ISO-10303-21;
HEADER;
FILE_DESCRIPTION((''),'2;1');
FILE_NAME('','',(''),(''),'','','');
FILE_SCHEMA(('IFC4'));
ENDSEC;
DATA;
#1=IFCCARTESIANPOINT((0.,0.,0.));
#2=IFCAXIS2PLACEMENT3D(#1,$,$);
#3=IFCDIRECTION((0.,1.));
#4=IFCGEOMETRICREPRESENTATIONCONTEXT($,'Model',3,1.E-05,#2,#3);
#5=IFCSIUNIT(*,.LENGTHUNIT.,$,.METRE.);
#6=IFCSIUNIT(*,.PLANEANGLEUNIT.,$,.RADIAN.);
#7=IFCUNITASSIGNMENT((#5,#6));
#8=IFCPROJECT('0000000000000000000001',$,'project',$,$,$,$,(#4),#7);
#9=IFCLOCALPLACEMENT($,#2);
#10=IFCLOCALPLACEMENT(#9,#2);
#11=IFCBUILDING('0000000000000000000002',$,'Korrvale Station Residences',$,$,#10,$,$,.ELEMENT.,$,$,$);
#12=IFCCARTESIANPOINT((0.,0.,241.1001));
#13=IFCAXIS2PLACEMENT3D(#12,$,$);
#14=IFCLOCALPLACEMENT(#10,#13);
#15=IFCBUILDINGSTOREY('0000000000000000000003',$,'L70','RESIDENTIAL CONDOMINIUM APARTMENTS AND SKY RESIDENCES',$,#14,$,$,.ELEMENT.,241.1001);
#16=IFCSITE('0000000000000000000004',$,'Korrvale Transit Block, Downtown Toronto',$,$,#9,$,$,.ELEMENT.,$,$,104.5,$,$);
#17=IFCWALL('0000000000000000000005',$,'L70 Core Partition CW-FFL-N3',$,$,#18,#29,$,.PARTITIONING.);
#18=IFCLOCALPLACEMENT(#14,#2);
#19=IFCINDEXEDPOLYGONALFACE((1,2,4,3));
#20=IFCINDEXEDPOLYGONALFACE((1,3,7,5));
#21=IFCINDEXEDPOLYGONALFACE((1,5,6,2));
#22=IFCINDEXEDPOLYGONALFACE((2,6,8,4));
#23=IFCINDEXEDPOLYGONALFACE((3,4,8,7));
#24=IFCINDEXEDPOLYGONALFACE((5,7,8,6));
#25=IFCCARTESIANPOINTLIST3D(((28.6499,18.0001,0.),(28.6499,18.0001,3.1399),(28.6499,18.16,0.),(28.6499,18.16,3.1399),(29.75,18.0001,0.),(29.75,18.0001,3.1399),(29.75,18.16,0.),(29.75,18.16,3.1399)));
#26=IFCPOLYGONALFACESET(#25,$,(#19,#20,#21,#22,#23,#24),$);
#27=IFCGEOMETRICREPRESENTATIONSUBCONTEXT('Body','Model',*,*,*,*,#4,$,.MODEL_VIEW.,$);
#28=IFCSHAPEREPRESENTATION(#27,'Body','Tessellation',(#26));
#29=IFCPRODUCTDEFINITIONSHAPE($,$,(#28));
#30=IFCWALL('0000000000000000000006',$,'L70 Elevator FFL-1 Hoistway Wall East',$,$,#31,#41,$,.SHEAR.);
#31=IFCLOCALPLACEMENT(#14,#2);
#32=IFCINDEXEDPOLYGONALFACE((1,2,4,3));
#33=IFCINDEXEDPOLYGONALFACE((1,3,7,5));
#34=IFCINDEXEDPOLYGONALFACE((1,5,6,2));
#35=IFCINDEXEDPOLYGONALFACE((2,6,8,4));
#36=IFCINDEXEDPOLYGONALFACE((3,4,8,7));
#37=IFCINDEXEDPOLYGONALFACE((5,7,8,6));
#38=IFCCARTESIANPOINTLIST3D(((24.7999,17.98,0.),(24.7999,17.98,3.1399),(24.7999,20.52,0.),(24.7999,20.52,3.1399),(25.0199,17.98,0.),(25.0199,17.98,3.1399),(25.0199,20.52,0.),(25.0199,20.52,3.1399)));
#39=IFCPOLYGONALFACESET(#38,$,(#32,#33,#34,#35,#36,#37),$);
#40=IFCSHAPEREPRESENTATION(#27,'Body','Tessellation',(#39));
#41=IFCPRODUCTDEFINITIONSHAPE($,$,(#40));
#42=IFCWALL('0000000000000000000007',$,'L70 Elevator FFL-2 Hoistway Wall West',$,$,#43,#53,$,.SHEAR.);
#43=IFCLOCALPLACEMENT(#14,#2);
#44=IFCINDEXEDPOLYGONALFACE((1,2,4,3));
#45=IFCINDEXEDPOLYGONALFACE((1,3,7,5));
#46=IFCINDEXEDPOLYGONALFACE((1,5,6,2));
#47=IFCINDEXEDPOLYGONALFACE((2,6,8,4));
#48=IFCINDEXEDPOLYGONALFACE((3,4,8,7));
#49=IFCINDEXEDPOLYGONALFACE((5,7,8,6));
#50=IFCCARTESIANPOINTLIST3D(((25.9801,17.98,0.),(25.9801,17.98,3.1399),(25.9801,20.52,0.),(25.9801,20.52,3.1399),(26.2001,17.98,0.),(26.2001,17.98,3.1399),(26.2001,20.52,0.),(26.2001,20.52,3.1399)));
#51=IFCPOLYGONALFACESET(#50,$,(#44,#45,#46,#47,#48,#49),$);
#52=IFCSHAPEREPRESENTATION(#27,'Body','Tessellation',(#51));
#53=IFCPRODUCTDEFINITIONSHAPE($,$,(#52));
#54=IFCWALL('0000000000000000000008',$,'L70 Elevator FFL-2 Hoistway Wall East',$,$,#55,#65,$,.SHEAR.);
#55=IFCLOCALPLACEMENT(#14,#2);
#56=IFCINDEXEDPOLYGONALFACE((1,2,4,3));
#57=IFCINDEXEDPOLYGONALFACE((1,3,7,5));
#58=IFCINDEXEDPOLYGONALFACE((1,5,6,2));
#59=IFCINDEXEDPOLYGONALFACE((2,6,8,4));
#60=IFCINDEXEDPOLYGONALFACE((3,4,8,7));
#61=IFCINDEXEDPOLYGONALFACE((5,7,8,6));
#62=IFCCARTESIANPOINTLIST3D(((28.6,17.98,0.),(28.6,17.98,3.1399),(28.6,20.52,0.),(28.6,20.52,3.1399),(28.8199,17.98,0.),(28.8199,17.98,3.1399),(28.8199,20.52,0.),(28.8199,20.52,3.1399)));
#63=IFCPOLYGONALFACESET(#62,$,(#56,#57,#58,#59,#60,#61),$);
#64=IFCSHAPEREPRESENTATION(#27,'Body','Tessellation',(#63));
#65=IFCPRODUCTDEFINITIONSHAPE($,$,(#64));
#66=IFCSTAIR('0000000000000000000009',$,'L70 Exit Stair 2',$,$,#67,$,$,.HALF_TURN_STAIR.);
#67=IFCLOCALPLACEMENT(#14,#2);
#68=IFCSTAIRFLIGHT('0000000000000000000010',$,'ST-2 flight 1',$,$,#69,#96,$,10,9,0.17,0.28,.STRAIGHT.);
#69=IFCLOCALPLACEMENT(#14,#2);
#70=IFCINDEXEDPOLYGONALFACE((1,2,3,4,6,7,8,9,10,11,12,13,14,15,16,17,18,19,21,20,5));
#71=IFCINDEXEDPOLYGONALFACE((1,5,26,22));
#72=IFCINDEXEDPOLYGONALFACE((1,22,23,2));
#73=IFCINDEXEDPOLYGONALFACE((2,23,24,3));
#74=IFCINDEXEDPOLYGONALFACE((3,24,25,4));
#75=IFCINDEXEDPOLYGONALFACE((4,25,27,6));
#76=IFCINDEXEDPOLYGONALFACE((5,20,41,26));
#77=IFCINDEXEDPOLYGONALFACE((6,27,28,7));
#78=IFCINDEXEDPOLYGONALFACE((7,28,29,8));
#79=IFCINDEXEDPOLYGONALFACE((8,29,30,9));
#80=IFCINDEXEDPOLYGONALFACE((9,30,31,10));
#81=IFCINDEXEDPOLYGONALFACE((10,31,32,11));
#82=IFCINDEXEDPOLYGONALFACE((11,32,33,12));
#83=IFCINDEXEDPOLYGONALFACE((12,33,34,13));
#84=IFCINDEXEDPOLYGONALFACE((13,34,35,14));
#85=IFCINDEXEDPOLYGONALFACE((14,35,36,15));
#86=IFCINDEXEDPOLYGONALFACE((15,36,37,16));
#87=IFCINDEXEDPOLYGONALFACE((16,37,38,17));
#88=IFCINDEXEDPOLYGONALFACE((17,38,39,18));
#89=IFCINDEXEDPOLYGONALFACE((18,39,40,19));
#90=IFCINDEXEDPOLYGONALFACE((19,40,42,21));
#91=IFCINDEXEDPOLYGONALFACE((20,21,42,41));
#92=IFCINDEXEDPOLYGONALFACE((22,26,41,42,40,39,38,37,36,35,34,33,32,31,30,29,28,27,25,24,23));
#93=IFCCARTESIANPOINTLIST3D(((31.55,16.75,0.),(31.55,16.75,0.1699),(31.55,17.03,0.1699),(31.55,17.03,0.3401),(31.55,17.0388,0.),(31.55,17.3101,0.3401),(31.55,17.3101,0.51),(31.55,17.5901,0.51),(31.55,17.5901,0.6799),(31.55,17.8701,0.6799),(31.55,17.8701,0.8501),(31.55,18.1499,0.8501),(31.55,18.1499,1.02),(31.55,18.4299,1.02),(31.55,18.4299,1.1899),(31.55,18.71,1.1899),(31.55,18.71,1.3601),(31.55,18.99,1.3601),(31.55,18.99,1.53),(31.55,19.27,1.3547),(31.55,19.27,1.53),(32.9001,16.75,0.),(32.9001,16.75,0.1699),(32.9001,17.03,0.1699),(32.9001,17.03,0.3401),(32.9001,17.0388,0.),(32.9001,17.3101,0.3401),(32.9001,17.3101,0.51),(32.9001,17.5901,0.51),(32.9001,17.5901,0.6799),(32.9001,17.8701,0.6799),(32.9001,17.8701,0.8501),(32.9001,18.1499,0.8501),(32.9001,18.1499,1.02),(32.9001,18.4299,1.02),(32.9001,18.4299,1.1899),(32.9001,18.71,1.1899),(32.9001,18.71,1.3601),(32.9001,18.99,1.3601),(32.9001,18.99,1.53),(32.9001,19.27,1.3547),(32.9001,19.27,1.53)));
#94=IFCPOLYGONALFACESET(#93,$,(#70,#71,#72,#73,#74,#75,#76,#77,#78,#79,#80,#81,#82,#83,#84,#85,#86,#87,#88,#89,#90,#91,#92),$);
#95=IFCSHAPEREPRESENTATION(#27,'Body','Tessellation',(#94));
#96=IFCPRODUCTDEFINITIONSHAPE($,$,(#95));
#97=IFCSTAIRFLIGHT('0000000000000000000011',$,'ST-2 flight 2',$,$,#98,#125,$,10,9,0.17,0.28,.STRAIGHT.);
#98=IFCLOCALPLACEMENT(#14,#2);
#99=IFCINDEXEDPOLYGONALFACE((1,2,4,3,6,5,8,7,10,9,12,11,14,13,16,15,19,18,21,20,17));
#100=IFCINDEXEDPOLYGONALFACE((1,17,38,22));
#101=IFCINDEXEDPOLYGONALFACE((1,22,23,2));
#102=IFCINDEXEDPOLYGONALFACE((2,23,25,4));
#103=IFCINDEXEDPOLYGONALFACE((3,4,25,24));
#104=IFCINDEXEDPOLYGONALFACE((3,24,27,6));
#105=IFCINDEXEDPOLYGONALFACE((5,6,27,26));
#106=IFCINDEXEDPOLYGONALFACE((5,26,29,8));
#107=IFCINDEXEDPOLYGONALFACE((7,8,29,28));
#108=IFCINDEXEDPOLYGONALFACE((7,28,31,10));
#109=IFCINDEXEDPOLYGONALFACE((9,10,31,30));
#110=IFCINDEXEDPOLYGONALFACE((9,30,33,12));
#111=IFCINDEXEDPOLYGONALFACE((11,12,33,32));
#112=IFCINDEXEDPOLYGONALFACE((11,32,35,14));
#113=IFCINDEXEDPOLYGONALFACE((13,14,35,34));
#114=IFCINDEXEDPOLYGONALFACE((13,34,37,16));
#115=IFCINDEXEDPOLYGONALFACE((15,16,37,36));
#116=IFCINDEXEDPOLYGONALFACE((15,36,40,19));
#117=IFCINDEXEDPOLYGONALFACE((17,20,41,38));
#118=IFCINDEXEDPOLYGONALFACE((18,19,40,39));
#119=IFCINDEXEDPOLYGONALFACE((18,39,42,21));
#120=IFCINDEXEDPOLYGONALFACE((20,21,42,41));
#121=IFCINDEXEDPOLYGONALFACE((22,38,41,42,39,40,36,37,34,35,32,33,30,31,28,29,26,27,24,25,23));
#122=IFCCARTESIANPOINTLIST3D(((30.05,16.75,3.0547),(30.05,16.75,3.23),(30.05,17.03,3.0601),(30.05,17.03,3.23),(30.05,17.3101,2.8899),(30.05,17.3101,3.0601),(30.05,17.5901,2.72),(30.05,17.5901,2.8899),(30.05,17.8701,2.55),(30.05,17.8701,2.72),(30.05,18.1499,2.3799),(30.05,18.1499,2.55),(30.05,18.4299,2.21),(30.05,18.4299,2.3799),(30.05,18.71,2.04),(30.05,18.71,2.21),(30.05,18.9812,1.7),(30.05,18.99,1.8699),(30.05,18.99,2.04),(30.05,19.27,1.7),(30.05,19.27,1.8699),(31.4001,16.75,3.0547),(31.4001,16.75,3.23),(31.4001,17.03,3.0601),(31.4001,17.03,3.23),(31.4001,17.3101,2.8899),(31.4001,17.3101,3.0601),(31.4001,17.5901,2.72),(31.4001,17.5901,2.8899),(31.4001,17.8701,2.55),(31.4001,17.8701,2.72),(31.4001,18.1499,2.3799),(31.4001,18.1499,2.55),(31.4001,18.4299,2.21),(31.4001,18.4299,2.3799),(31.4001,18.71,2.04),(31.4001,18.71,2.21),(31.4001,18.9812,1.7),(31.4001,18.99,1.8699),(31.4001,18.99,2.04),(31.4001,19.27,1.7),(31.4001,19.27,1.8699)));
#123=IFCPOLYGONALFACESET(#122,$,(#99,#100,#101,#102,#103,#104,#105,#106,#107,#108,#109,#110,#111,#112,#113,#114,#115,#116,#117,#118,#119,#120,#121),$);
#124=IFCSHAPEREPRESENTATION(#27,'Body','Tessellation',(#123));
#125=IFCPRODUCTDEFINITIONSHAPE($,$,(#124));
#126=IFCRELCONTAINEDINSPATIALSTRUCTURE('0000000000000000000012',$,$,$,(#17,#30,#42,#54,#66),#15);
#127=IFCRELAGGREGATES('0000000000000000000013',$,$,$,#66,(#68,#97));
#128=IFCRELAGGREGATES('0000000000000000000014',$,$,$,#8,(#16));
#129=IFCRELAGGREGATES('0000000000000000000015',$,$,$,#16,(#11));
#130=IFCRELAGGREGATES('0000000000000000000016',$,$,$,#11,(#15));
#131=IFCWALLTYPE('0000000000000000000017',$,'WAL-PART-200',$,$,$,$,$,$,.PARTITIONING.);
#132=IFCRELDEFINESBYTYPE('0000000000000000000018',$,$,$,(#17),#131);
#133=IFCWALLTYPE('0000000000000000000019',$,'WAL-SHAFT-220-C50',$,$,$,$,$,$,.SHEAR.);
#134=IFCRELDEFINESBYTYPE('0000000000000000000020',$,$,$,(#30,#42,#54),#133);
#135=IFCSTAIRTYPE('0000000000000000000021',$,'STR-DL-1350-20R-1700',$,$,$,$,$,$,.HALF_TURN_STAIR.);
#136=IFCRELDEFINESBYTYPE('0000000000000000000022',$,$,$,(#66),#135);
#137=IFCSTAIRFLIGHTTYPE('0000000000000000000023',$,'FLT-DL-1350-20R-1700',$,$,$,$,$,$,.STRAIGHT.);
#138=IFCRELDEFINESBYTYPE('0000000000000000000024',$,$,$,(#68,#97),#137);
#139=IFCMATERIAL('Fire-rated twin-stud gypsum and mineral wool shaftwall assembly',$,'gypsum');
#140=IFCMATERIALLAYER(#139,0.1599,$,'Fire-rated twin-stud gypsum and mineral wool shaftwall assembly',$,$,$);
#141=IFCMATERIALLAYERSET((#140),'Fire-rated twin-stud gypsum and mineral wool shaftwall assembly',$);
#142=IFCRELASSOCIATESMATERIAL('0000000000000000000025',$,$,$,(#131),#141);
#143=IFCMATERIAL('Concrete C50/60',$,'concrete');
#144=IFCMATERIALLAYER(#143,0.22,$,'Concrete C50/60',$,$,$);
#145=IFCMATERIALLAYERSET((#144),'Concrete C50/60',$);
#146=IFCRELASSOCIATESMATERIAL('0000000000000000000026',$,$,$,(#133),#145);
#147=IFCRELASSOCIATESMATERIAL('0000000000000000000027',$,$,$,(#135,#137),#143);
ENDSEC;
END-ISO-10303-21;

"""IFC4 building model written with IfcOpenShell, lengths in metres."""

from ifc_helpers import new_model, si_unit, direction, frame, frame_2d, origin, place, context, subcontext, project, spatial, polyline, rectangle, outline, extrude, material, layer, layer_set, type_object, element, aggregate, save


model = new_model("IFC4")

# Units and contexts
model_context = context("Model", 3, precision=1e-05, world=origin(), true_north=direction((0.0, 1.0)))
body_context = subcontext(model_context, "Body", "Model", "MODEL_VIEW")
ifc_project = project(units=[si_unit("LENGTHUNIT", "METRE"), si_unit("PLANEANGLEUNIT", "RADIAN")], contexts=[model_context])

# Site, building, storey
site_placement = place(None, origin())
site = spatial("IfcSite", under=ifc_project, at=site_placement, Name="Korrvale Transit Block, Downtown Toronto", CompositionType="ELEMENT", RefElevation=104.5)
building_placement = place(site_placement, origin())
building = spatial("IfcBuilding", under=site, at=building_placement, Name="Korrvale Station Residences", CompositionType="ELEMENT")
storey_placement = place(building_placement, frame((0.0, 0.0, 241.1001)))
storey = spatial("IfcBuildingStorey", under=building, at=storey_placement, Name="L70", Description="RESIDENTIAL CONDOMINIUM APARTMENTS AND SKY RESIDENCES", CompositionType="ELEMENT", Elevation=241.1001)

# Shared definitions
ifc_material_1 = material(Name="Concrete C50/60", Category="concrete")

# Walls
ifc_material_2 = material(Name="Fire-rated twin-stud gypsum and mineral wool shaftwall assembly", Category="gypsum")
ifc_layer_1 = layer(ifc_material_2, 0.1599, Name="Fire-rated twin-stud gypsum and mineral wool shaftwall assembly")
ifc_layer_set_1 = layer_set([ifc_layer_1], Name="Fire-rated twin-stud gypsum and mineral wool shaftwall assembly")
wall_type_1 = type_object("IfcWallType", Name="WAL-PART-200", PredefinedType="PARTITIONING", material=ifc_layer_set_1)
wall_1_placement = place(storey_placement, frame((28.6499, 18.0801, 0.0), z_axis=(0.0, 0.0, 1.0), x_axis=(1.0, 0.0, 0.0)))
element("IfcWall", 1, at=wall_1_placement, inside=storey, type_object=wall_type_1, Name="L70 Core Partition CW-FFL-N3", PredefinedType="PARTITIONING", context=body_context, shape_type="SweptSolid", body=[
    extrude(rectangle(XDim=1.1001, YDim=0.1599, at=frame_2d((0.55, 0.0))), origin(), (0.0, 0.0, 1.0), 3.1399),
])
ifc_layer_2 = layer(ifc_material_1, 0.22, Name="Concrete C50/60")
ifc_layer_set_2 = layer_set([ifc_layer_2], Name="Concrete C50/60")
wall_type_2 = type_object("IfcWallType", Name="WAL-SHAFT-220-C50", PredefinedType="SHEAR", material=ifc_layer_set_2)
wall_2_placement = place(storey_placement, frame((24.9099, 17.98, 0.0), z_axis=(0.0, 0.0, 1.0), x_axis=(0.0, 1.0, 0.0)))
element("IfcWall", 2, at=wall_2_placement, inside=storey, type_object=wall_type_2, Name="L70 Elevator FFL-1 Hoistway Wall East", PredefinedType="SHEAR", context=body_context, shape_type="SweptSolid", body=[
    extrude(rectangle(XDim=2.54, YDim=0.22, at=frame_2d((1.27, 0.0))), origin(), (0.0, 0.0, 1.0), 3.1399),
])

# Walls
for number, where, z_axis, x_axis, name in (
    (3, (26.0901, 17.98, 0.0), (0.0, 0.0, 1.0), (0.0, 1.0, 0.0), "L70 Elevator FFL-2 Hoistway Wall West"),
    (4, (28.71, 17.98, 0.0), (0.0, 0.0, 1.0), (0.0, 1.0, 0.0), "L70 Elevator FFL-2 Hoistway Wall East"),
):
    element("IfcWall", number, at=place(storey_placement, frame(where, z_axis=z_axis, x_axis=x_axis)), inside=storey, type_object=wall_type_2, Name=name, PredefinedType="SHEAR", context=body_context, shape_type="SweptSolid", body=[
        extrude(rectangle(XDim=2.54, YDim=0.22, at=frame_2d((1.27, 0.0))), origin(), (0.0, 0.0, 1.0), 3.1399),
    ])

# Stair, stair flights
stair_type = type_object("IfcStairType", Name="STR-DL-1350-20R-1700", PredefinedType="HALF_TURN_STAIR", material=ifc_material_1)
stair_placement = place(storey_placement, origin())
stair = element("IfcStair", 5, at=stair_placement, inside=storey, type_object=stair_type, Name="L70 Exit Stair 2", PredefinedType="HALF_TURN_STAIR")
stair_flight_type = type_object("IfcStairFlightType", Name="FLT-DL-1350-20R-1700", PredefinedType="STRAIGHT", material=ifc_material_1)
stair_flight_1_placement = place(storey_placement, frame((32.2251, 16.75, 0.0), z_axis=(0.0, 0.0, 1.0), x_axis=(0.0, 1.0, 0.0)))
stair_flight_1 = element("IfcStairFlight", 6, at=stair_flight_1_placement, type_object=stair_flight_type, Name="ST-2 flight 1", NumberOfRisers=10, NumberOfTreads=9, PredefinedType="STRAIGHT", RiserHeight=0.17, TreadLength=0.28, context=body_context, shape_type="SweptSolid", body=[
    extrude(outline(polyline([(0.0, 0.0), (0.0, 0.1699), (0.28, 0.1699), (0.28, 0.3401), (0.5601, 0.3401), (0.5601, 0.51), (0.8401, 0.51), (0.8401, 0.6799), (1.1201, 0.6799), (1.1201, 0.8501), (1.3999, 0.8501), (1.3999, 1.02), (1.6799, 1.02), (1.6799, 1.1899), (1.96, 1.1899), (1.96, 1.3601), (2.24, 1.3601), (2.24, 1.53), (2.52, 1.53), (2.52, 1.7), (2.52, 1.3547), (0.2888, 0.0), (0.0, 0.0)])), frame((0.0, 0.675, 0.0), z_axis=(0.0, -1.0, 0.0), x_axis=(1.0, 0.0, 0.0)), (0.0, 0.0, 1.0), 1.3501),
])
stair_flight_2_placement = place(storey_placement, frame((30.7251, 19.27, 1.7), z_axis=(0.0, 0.0, 1.0), x_axis=(0.0, -1.0, 0.0)))
stair_flight_2 = element("IfcStairFlight", 7, at=stair_flight_2_placement, type_object=stair_flight_type, Name="ST-2 flight 2", NumberOfRisers=10, NumberOfTreads=9, PredefinedType="STRAIGHT", RiserHeight=0.17, TreadLength=0.28, context=body_context, shape_type="SweptSolid", body=[
    extrude(outline(polyline([(0.0, 0.0), (0.0, 0.1699), (0.28, 0.1699), (0.28, 0.3401), (0.5601, 0.3401), (0.5601, 0.51), (0.8401, 0.51), (0.8401, 0.6799), (1.1201, 0.6799), (1.1201, 0.8501), (1.3999, 0.8501), (1.3999, 1.02), (1.6799, 1.02), (1.6799, 1.1899), (1.96, 1.1899), (1.96, 1.3601), (2.24, 1.3601), (2.24, 1.53), (2.52, 1.53), (2.52, 1.7), (2.52, 1.3547), (0.2888, 0.0), (0.0, 0.0)])), frame((0.0, 0.675, 0.0), z_axis=(0.0, -1.0, 0.0), x_axis=(1.0, 0.0, 0.0)), (0.0, 0.0, 1.0), 1.3501),
])
aggregate(stair, [stair_flight_1, stair_flight_2])

save(model, "model.ifc")
